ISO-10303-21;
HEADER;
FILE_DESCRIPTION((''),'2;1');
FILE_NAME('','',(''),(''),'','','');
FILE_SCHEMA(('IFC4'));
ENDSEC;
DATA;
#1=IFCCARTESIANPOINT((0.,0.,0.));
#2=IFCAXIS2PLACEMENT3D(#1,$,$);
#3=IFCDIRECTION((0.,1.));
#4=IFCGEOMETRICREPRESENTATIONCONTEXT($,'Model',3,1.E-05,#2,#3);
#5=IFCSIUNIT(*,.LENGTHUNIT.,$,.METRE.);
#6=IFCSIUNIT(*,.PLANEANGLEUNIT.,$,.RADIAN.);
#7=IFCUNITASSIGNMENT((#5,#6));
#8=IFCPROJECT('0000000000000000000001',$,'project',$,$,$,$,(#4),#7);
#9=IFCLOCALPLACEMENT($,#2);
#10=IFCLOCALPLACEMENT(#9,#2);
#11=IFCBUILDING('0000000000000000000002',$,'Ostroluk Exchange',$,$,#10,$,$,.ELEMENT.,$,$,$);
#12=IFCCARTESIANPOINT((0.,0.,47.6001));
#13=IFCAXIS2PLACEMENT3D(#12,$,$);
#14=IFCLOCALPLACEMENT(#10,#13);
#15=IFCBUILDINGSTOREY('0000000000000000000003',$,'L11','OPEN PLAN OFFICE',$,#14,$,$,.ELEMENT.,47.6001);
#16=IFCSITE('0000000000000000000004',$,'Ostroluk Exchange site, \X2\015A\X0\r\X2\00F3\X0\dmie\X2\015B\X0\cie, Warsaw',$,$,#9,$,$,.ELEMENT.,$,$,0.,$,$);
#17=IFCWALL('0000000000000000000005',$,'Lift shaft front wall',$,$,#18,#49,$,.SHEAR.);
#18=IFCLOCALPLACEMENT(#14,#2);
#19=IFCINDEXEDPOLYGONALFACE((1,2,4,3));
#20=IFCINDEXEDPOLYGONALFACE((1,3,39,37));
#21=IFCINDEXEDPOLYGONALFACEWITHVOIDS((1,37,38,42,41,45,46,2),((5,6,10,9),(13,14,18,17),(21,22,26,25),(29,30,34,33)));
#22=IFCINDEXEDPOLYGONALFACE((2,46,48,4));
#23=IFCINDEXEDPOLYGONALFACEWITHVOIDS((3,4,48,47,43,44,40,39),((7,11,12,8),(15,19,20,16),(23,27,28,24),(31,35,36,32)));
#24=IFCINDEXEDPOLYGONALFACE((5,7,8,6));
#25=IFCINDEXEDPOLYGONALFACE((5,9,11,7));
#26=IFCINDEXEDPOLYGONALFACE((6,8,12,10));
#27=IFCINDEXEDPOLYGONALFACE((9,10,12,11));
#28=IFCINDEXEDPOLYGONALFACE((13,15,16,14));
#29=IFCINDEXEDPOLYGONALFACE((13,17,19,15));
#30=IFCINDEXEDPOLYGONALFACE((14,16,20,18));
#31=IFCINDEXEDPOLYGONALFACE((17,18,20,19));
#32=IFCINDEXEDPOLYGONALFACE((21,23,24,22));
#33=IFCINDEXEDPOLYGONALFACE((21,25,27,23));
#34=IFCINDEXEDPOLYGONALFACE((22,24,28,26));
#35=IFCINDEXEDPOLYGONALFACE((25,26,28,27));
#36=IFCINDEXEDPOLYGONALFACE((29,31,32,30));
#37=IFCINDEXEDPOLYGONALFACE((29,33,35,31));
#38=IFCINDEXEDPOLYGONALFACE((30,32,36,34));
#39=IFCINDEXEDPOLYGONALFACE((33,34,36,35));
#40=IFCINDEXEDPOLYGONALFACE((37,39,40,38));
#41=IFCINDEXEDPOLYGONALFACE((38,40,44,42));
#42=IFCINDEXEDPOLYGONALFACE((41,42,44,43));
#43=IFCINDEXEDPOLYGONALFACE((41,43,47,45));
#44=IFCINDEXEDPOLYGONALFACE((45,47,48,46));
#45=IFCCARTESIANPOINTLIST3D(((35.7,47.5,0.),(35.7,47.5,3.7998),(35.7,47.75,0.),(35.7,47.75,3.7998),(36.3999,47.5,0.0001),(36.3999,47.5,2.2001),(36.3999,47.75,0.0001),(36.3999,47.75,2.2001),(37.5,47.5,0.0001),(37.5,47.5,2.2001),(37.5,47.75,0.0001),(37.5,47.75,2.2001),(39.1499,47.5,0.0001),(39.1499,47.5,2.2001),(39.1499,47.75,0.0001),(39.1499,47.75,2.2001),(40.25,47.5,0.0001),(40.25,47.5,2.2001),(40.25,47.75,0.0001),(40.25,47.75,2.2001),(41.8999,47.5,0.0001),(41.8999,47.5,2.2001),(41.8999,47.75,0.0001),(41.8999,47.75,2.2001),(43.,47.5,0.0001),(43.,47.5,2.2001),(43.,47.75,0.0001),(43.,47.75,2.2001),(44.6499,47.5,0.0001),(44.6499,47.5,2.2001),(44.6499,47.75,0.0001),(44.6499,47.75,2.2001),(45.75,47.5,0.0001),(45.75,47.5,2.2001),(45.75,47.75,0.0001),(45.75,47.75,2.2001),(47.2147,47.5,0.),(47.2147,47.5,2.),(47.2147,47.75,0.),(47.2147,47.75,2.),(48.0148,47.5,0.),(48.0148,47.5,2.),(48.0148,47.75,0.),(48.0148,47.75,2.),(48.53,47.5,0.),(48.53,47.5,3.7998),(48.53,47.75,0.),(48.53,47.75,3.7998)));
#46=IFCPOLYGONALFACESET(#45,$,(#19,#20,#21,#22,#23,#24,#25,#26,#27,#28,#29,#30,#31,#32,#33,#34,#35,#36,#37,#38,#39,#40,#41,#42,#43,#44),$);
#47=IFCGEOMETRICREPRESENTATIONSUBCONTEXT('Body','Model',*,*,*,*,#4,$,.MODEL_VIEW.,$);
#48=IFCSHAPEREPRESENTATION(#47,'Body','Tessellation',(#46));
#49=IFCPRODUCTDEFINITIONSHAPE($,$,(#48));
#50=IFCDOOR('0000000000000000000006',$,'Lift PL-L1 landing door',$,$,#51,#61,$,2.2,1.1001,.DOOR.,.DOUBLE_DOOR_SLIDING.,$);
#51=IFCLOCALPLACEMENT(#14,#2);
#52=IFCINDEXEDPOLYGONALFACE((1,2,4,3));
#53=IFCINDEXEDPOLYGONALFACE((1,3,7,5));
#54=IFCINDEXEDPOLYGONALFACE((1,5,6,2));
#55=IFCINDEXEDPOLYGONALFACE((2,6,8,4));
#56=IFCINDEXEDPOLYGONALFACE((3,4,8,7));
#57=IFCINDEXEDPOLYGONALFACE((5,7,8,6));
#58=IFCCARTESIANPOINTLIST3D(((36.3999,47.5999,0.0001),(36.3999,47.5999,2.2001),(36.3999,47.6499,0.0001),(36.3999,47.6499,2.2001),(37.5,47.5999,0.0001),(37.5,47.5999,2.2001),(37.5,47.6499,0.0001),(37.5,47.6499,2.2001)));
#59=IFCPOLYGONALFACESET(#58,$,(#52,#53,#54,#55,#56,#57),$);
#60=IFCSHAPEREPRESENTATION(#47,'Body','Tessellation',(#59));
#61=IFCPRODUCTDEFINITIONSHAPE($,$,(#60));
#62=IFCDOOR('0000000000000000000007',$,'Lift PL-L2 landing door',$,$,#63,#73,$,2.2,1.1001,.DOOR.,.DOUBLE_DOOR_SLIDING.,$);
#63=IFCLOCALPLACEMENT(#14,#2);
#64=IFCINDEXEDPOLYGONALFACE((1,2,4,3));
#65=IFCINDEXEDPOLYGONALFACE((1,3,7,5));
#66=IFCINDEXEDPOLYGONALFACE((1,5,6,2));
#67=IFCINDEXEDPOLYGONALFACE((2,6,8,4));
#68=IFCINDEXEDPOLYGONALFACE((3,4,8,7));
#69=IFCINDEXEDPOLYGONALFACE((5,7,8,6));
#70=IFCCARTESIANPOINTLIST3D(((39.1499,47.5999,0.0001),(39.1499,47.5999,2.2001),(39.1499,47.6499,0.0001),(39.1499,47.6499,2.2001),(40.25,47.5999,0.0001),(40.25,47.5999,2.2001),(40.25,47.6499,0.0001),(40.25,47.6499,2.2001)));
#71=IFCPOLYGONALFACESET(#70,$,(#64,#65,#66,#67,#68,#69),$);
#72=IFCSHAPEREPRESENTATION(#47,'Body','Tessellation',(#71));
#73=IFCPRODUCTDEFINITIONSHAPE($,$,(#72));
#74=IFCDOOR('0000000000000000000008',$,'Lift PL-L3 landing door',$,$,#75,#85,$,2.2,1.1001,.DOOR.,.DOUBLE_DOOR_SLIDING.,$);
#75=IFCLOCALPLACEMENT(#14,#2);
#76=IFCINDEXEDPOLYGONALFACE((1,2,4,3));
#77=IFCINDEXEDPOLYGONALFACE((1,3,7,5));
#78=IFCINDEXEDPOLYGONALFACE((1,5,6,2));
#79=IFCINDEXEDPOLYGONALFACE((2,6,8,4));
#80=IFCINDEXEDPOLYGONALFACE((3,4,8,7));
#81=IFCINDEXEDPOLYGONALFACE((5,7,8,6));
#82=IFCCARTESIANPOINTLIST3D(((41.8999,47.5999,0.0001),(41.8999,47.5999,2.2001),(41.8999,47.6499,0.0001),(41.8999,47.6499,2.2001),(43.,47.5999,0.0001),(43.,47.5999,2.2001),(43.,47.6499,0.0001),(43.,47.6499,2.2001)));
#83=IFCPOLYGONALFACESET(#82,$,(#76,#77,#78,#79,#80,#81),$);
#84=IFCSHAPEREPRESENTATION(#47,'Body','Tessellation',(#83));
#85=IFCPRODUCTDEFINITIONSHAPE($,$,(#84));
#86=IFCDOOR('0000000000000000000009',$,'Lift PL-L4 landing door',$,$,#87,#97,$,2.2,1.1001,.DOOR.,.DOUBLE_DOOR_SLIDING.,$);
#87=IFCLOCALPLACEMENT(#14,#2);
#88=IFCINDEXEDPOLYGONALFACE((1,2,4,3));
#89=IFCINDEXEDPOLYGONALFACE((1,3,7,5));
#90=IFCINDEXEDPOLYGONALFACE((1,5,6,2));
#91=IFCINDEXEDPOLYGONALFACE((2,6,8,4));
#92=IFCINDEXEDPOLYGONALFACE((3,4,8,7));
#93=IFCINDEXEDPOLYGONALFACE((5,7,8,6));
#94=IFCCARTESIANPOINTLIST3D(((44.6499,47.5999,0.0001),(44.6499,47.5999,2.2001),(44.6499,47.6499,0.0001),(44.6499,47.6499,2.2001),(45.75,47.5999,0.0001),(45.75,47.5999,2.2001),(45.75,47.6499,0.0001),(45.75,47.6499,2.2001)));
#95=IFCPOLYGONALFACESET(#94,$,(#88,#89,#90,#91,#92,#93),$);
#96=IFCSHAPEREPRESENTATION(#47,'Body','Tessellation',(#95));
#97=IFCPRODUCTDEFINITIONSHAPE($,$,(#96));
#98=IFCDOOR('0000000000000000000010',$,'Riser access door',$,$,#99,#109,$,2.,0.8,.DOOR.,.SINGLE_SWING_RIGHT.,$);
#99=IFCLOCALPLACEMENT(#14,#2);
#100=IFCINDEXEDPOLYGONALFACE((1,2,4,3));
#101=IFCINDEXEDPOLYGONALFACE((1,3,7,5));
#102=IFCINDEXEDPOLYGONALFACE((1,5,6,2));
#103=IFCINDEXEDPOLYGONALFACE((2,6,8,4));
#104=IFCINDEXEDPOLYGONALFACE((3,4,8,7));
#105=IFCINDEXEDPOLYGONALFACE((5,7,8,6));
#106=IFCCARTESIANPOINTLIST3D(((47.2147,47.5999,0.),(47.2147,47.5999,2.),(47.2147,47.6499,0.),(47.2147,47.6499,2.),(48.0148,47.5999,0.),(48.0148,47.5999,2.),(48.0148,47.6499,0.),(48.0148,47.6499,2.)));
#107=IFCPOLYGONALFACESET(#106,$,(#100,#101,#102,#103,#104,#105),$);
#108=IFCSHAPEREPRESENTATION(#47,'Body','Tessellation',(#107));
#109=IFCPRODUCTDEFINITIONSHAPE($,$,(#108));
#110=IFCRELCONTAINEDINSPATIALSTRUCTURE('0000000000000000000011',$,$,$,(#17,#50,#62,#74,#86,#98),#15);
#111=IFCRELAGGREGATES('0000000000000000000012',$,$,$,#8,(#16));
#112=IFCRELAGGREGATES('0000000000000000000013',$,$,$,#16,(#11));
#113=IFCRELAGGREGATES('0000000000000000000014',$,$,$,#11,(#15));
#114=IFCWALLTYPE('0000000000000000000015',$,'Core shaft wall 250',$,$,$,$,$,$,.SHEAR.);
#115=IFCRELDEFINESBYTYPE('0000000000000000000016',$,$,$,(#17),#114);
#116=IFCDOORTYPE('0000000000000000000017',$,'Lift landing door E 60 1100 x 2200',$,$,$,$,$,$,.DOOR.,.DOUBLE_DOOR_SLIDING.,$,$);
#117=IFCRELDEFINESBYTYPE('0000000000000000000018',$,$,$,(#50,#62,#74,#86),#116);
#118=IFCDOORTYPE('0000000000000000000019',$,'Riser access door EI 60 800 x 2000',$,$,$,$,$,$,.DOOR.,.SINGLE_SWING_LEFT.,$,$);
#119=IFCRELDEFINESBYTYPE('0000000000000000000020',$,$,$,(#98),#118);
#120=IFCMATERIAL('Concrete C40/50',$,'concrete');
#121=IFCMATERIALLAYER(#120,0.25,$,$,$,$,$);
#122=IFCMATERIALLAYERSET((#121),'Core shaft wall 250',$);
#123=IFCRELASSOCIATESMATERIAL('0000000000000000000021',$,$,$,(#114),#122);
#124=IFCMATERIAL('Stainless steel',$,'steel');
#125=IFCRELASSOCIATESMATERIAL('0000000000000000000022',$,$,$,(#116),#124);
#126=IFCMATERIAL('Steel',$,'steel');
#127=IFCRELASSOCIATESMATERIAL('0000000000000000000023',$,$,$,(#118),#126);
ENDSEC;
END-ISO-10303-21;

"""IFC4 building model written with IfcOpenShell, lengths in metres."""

from ifc_helpers import new_model, si_unit, direction, frame, frame_2d, origin, place, context, subcontext, project, spatial, rectangle, extrude, material, layer, layer_set, type_object, element, fill, save


model = new_model("IFC4")

# Units and contexts
model_context = context("Model", 3, precision=1e-05, world=origin(), true_north=direction((0.0, 1.0)))
body_context = subcontext(model_context, "Body", "Model", "MODEL_VIEW")
ifc_project = project(units=[si_unit("LENGTHUNIT", "METRE"), si_unit("PLANEANGLEUNIT", "RADIAN")], contexts=[model_context])

# Site, building, storey
site_placement = place(None, origin())
site = spatial("IfcSite", under=ifc_project, at=site_placement, Name="Ostroluk Exchange site, Śródmieście, Warsaw", CompositionType="ELEMENT", RefElevation=0.0)
building_placement = place(site_placement, origin())
building = spatial("IfcBuilding", under=site, at=building_placement, Name="Ostroluk Exchange", CompositionType="ELEMENT")
storey_placement = place(building_placement, frame((0.0, 0.0, 47.6001)))
storey = spatial("IfcBuildingStorey", under=building, at=storey_placement, Name="L11", Description="OPEN PLAN OFFICE", CompositionType="ELEMENT", Elevation=47.6001)

# Shared definitions
ifc_material_1 = material(Name="Concrete C40/50", Category="concrete")
ifc_layer_1 = layer(ifc_material_1, 0.25)
ifc_layer_set_1 = layer_set([ifc_layer_1], Name="Core shaft wall 250")
wall_type_1 = type_object("IfcWallType", Name="Core shaft wall 250", PredefinedType="SHEAR", material=ifc_layer_set_1)

# Wall, openings, doors
wall_1_placement = place(storey_placement, frame((35.7, 47.625, 0.0), z_axis=(0.0, 0.0, 1.0), x_axis=(1.0, 0.0, 0.0)))
wall_1 = element("IfcWall", 1, at=wall_1_placement, inside=storey, type_object=wall_type_1, Name="Lift shaft front wall", PredefinedType="SHEAR", context=body_context, shape_type="SweptSolid", body=[
    extrude(rectangle(XDim=12.8301, YDim=0.25, at=frame_2d((6.415, 0.0))), origin(), (0.0, 0.0, 1.0), 3.7998),
])
opening_1_placement = place(wall_1_placement, frame((0.7, 0.0, 0.0)))
opening_1 = element("IfcOpeningElement", 2, at=opening_1_placement, cuts=wall_1, PredefinedType="OPENING", context=body_context, shape_type="SweptSolid", body=[
    extrude(rectangle(XDim=1.1001, YDim=2.2, at=frame_2d((0.55, 1.1001))), frame((0.0, 0.135, 0.0), z_axis=(0.0, -1.0, 0.0), x_axis=(1.0, 0.0, 0.0)), (0.0, 0.0, 1.0), 0.27),
])
opening_2_placement = place(wall_1_placement, frame((3.45, 0.0, 0.0)))
opening_2 = element("IfcOpeningElement", 3, at=opening_2_placement, cuts=wall_1, PredefinedType="OPENING", context=body_context, shape_type="SweptSolid", body=[
    extrude(rectangle(XDim=1.1001, YDim=2.2, at=frame_2d((0.55, 1.1001))), frame((0.0, 0.135, 0.0), z_axis=(0.0, -1.0, 0.0), x_axis=(1.0, 0.0, 0.0)), (0.0, 0.0, 1.0), 0.27),
])
opening_3_placement = place(wall_1_placement, frame((6.2, 0.0, 0.0)))
opening_3 = element("IfcOpeningElement", 4, at=opening_3_placement, cuts=wall_1, PredefinedType="OPENING", context=body_context, shape_type="SweptSolid", body=[
    extrude(rectangle(XDim=1.1001, YDim=2.2, at=frame_2d((0.55, 1.1001))), frame((0.0, 0.135, 0.0), z_axis=(0.0, -1.0, 0.0), x_axis=(1.0, 0.0, 0.0)), (0.0, 0.0, 1.0), 0.27),
])
opening_4_placement = place(wall_1_placement, frame((8.95, 0.0, 0.0)))
opening_4 = element("IfcOpeningElement", 5, at=opening_4_placement, cuts=wall_1, PredefinedType="OPENING", context=body_context, shape_type="SweptSolid", body=[
    extrude(rectangle(XDim=1.1001, YDim=2.2, at=frame_2d((0.55, 1.1001))), frame((0.0, 0.135, 0.0), z_axis=(0.0, -1.0, 0.0), x_axis=(1.0, 0.0, 0.0)), (0.0, 0.0, 1.0), 0.27),
])
opening_5_placement = place(wall_1_placement, frame((11.5149, 0.0, 0.0)))
opening_5 = element("IfcOpeningElement", 6, at=opening_5_placement, cuts=wall_1, PredefinedType="OPENING", context=body_context, shape_type="SweptSolid", body=[
    extrude(rectangle(XDim=0.8, YDim=2.0, at=frame_2d((0.3999, 1.0))), frame((0.0, 0.135, 0.0), z_axis=(0.0, -1.0, 0.0), x_axis=(1.0, 0.0, 0.0)), (0.0, 0.0, 1.0), 0.27),
])
ifc_material_2 = material(Name="Stainless steel", Category="steel")
door_type_1 = type_object("IfcDoorType", Name="Lift landing door E 60 1100 x 2200", OperationType="DOUBLE_DOOR_SLIDING", PredefinedType="DOOR", material=ifc_material_2)
door_1_placement = place(opening_1_placement, origin())
door_1 = element("IfcDoor", 7, at=door_1_placement, inside=storey, type_object=door_type_1, Name="Lift PL-L1 landing door", OperationType="DOUBLE_DOOR_SLIDING", OverallHeight=2.2, OverallWidth=1.1001, PredefinedType="DOOR", context=body_context, shape_type="SweptSolid", body=[
    extrude(rectangle(XDim=1.1001, YDim=2.2, at=frame_2d((0.55, 1.1001))), frame((0.0, 0.0249, 0.0), z_axis=(0.0, -1.0, 0.0), x_axis=(1.0, 0.0, 0.0)), (0.0, 0.0, 1.0), 0.05),
])
fill(opening_1, door_1)
door_2_placement = place(opening_2_placement, origin())
door_2 = element("IfcDoor", 8, at=door_2_placement, inside=storey, type_object=door_type_1, Name="Lift PL-L2 landing door", OperationType="DOUBLE_DOOR_SLIDING", OverallHeight=2.2, OverallWidth=1.1001, PredefinedType="DOOR", context=body_context, shape_type="SweptSolid", body=[
    extrude(rectangle(XDim=1.1001, YDim=2.2, at=frame_2d((0.55, 1.1001))), frame((0.0, 0.0249, 0.0), z_axis=(0.0, -1.0, 0.0), x_axis=(1.0, 0.0, 0.0)), (0.0, 0.0, 1.0), 0.05),
])
fill(opening_2, door_2)
door_3_placement = place(opening_3_placement, origin())
door_3 = element("IfcDoor", 9, at=door_3_placement, inside=storey, type_object=door_type_1, Name="Lift PL-L3 landing door", OperationType="DOUBLE_DOOR_SLIDING", OverallHeight=2.2, OverallWidth=1.1001, PredefinedType="DOOR", context=body_context, shape_type="SweptSolid", body=[
    extrude(rectangle(XDim=1.1001, YDim=2.2, at=frame_2d((0.55, 1.1001))), frame((0.0, 0.0249, 0.0), z_axis=(0.0, -1.0, 0.0), x_axis=(1.0, 0.0, 0.0)), (0.0, 0.0, 1.0), 0.05),
])
fill(opening_3, door_3)
door_4_placement = place(opening_4_placement, origin())
door_4 = element("IfcDoor", 10, at=door_4_placement, inside=storey, type_object=door_type_1, Name="Lift PL-L4 landing door", OperationType="DOUBLE_DOOR_SLIDING", OverallHeight=2.2, OverallWidth=1.1001, PredefinedType="DOOR", context=body_context, shape_type="SweptSolid", body=[
    extrude(rectangle(XDim=1.1001, YDim=2.2, at=frame_2d((0.55, 1.1001))), frame((0.0, 0.0249, 0.0), z_axis=(0.0, -1.0, 0.0), x_axis=(1.0, 0.0, 0.0)), (0.0, 0.0, 1.0), 0.05),
])
fill(opening_4, door_4)
ifc_material_3 = material(Name="Steel", Category="steel")
door_type_2 = type_object("IfcDoorType", Name="Riser access door EI 60 800 x 2000", OperationType="SINGLE_SWING_LEFT", PredefinedType="DOOR", material=ifc_material_3)
door_5_placement = place(opening_5_placement, origin())
door_5 = element("IfcDoor", 11, at=door_5_placement, inside=storey, type_object=door_type_2, Name="Riser access door", OperationType="SINGLE_SWING_RIGHT", OverallHeight=2.0, OverallWidth=0.8, PredefinedType="DOOR", context=body_context, shape_type="SweptSolid", body=[
    extrude(rectangle(XDim=0.8, YDim=2.0, at=frame_2d((0.3999, 1.0))), frame((0.0, 0.0249, 0.0), z_axis=(0.0, -1.0, 0.0), x_axis=(1.0, 0.0, 0.0)), (0.0, 0.0, 1.0), 0.05),
])
fill(opening_5, door_5)

save(model, "model.ifc")
